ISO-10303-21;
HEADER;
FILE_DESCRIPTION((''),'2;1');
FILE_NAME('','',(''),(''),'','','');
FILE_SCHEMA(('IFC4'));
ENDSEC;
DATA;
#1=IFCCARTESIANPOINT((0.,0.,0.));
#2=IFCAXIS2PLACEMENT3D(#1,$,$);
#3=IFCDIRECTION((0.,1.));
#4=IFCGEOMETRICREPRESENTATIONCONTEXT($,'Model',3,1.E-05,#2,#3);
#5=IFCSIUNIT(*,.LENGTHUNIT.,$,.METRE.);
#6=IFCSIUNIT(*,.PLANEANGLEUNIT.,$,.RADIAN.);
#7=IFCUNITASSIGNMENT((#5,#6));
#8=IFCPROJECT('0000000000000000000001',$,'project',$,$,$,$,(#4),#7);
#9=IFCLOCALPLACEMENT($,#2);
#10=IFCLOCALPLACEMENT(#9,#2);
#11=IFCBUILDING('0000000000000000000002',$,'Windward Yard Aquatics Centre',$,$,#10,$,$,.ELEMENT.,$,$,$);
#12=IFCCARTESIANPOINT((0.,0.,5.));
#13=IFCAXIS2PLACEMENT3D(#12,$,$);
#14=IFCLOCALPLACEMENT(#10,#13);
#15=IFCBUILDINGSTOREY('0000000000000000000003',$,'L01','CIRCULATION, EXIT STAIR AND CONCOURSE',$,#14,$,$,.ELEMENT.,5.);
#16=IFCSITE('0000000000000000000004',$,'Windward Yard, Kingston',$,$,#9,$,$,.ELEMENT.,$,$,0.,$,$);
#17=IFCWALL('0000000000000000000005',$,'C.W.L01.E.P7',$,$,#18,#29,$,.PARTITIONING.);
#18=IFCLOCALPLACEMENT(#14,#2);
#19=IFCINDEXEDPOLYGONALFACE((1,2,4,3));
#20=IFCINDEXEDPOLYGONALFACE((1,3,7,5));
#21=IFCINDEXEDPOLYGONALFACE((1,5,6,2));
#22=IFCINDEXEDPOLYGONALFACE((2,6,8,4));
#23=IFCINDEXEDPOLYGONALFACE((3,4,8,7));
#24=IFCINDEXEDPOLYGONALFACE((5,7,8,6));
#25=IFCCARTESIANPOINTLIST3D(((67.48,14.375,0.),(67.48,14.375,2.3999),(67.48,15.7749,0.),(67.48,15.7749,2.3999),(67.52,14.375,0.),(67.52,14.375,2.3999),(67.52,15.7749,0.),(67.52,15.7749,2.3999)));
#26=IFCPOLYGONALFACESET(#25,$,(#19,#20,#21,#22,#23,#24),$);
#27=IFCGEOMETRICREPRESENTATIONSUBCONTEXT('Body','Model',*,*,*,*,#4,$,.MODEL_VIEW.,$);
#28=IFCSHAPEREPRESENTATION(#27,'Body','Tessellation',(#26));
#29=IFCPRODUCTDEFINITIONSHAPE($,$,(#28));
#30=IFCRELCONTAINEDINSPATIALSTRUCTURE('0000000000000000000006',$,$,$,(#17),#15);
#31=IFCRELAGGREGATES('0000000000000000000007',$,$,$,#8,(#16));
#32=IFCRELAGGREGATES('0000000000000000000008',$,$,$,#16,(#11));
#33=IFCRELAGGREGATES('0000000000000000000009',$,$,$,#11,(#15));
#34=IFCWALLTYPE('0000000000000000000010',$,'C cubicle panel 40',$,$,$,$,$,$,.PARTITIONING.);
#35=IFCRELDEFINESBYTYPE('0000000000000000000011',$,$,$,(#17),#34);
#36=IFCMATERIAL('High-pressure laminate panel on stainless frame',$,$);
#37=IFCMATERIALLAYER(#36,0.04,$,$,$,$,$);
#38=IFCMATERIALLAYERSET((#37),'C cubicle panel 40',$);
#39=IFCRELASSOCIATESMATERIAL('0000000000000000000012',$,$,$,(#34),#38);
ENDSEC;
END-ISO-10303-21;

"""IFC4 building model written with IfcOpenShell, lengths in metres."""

from ifc_helpers import new_model, si_unit, direction, frame, frame_2d, origin, place, context, subcontext, project, spatial, rectangle, extrude, material, layer, layer_set, type_object, element, save


model = new_model("IFC4")

# Units and contexts
model_context = context("Model", 3, precision=1e-05, world=origin(), true_north=direction((0.0, 1.0)))
body_context = subcontext(model_context, "Body", "Model", "MODEL_VIEW")
ifc_project = project(units=[si_unit("LENGTHUNIT", "METRE"), si_unit("PLANEANGLEUNIT", "RADIAN")], contexts=[model_context])

# Site, building, storey
site_placement = place(None, origin())
site = spatial("IfcSite", under=ifc_project, at=site_placement, Name="Windward Yard, Kingston", CompositionType="ELEMENT", RefElevation=0.0)
building_placement = place(site_placement, origin())
building = spatial("IfcBuilding", under=site, at=building_placement, Name="Windward Yard Aquatics Centre", CompositionType="ELEMENT")
storey_placement = place(building_placement, frame((0.0, 0.0, 5.0)))
storey = spatial("IfcBuildingStorey", under=building, at=storey_placement, Name="L01", Description="CIRCULATION, EXIT STAIR AND CONCOURSE", CompositionType="ELEMENT", Elevation=5.0)

# Shared definitions
ifc_material_1 = material(Name="High-pressure laminate panel on stainless frame")
ifc_layer_1 = layer(ifc_material_1, 0.04)
ifc_layer_set_1 = layer_set([ifc_layer_1], Name="C cubicle panel 40")
wall_type_1 = type_object("IfcWallType", Name="C cubicle panel 40", PredefinedType="PARTITIONING", material=ifc_layer_set_1)

# Wall
for number, where, z_axis, x_axis, name in (
    (1, (67.5, 14.375, 0.0), (0.0, 0.0, 1.0), (0.0, 1.0, 0.0), "C.W.L01.E.P7"),
):
    element("IfcWall", number, at=place(storey_placement, frame(where, z_axis=z_axis, x_axis=x_axis)), inside=storey, type_object=wall_type_1, Name=name, PredefinedType="PARTITIONING", context=body_context, shape_type="SweptSolid", body=[
        extrude(rectangle(XDim=1.3999, YDim=0.04, at=frame_2d((0.7, 0.0))), origin(), (0.0, 0.0, 1.0), 2.3999),
    ])

save(model, "model.ifc")
